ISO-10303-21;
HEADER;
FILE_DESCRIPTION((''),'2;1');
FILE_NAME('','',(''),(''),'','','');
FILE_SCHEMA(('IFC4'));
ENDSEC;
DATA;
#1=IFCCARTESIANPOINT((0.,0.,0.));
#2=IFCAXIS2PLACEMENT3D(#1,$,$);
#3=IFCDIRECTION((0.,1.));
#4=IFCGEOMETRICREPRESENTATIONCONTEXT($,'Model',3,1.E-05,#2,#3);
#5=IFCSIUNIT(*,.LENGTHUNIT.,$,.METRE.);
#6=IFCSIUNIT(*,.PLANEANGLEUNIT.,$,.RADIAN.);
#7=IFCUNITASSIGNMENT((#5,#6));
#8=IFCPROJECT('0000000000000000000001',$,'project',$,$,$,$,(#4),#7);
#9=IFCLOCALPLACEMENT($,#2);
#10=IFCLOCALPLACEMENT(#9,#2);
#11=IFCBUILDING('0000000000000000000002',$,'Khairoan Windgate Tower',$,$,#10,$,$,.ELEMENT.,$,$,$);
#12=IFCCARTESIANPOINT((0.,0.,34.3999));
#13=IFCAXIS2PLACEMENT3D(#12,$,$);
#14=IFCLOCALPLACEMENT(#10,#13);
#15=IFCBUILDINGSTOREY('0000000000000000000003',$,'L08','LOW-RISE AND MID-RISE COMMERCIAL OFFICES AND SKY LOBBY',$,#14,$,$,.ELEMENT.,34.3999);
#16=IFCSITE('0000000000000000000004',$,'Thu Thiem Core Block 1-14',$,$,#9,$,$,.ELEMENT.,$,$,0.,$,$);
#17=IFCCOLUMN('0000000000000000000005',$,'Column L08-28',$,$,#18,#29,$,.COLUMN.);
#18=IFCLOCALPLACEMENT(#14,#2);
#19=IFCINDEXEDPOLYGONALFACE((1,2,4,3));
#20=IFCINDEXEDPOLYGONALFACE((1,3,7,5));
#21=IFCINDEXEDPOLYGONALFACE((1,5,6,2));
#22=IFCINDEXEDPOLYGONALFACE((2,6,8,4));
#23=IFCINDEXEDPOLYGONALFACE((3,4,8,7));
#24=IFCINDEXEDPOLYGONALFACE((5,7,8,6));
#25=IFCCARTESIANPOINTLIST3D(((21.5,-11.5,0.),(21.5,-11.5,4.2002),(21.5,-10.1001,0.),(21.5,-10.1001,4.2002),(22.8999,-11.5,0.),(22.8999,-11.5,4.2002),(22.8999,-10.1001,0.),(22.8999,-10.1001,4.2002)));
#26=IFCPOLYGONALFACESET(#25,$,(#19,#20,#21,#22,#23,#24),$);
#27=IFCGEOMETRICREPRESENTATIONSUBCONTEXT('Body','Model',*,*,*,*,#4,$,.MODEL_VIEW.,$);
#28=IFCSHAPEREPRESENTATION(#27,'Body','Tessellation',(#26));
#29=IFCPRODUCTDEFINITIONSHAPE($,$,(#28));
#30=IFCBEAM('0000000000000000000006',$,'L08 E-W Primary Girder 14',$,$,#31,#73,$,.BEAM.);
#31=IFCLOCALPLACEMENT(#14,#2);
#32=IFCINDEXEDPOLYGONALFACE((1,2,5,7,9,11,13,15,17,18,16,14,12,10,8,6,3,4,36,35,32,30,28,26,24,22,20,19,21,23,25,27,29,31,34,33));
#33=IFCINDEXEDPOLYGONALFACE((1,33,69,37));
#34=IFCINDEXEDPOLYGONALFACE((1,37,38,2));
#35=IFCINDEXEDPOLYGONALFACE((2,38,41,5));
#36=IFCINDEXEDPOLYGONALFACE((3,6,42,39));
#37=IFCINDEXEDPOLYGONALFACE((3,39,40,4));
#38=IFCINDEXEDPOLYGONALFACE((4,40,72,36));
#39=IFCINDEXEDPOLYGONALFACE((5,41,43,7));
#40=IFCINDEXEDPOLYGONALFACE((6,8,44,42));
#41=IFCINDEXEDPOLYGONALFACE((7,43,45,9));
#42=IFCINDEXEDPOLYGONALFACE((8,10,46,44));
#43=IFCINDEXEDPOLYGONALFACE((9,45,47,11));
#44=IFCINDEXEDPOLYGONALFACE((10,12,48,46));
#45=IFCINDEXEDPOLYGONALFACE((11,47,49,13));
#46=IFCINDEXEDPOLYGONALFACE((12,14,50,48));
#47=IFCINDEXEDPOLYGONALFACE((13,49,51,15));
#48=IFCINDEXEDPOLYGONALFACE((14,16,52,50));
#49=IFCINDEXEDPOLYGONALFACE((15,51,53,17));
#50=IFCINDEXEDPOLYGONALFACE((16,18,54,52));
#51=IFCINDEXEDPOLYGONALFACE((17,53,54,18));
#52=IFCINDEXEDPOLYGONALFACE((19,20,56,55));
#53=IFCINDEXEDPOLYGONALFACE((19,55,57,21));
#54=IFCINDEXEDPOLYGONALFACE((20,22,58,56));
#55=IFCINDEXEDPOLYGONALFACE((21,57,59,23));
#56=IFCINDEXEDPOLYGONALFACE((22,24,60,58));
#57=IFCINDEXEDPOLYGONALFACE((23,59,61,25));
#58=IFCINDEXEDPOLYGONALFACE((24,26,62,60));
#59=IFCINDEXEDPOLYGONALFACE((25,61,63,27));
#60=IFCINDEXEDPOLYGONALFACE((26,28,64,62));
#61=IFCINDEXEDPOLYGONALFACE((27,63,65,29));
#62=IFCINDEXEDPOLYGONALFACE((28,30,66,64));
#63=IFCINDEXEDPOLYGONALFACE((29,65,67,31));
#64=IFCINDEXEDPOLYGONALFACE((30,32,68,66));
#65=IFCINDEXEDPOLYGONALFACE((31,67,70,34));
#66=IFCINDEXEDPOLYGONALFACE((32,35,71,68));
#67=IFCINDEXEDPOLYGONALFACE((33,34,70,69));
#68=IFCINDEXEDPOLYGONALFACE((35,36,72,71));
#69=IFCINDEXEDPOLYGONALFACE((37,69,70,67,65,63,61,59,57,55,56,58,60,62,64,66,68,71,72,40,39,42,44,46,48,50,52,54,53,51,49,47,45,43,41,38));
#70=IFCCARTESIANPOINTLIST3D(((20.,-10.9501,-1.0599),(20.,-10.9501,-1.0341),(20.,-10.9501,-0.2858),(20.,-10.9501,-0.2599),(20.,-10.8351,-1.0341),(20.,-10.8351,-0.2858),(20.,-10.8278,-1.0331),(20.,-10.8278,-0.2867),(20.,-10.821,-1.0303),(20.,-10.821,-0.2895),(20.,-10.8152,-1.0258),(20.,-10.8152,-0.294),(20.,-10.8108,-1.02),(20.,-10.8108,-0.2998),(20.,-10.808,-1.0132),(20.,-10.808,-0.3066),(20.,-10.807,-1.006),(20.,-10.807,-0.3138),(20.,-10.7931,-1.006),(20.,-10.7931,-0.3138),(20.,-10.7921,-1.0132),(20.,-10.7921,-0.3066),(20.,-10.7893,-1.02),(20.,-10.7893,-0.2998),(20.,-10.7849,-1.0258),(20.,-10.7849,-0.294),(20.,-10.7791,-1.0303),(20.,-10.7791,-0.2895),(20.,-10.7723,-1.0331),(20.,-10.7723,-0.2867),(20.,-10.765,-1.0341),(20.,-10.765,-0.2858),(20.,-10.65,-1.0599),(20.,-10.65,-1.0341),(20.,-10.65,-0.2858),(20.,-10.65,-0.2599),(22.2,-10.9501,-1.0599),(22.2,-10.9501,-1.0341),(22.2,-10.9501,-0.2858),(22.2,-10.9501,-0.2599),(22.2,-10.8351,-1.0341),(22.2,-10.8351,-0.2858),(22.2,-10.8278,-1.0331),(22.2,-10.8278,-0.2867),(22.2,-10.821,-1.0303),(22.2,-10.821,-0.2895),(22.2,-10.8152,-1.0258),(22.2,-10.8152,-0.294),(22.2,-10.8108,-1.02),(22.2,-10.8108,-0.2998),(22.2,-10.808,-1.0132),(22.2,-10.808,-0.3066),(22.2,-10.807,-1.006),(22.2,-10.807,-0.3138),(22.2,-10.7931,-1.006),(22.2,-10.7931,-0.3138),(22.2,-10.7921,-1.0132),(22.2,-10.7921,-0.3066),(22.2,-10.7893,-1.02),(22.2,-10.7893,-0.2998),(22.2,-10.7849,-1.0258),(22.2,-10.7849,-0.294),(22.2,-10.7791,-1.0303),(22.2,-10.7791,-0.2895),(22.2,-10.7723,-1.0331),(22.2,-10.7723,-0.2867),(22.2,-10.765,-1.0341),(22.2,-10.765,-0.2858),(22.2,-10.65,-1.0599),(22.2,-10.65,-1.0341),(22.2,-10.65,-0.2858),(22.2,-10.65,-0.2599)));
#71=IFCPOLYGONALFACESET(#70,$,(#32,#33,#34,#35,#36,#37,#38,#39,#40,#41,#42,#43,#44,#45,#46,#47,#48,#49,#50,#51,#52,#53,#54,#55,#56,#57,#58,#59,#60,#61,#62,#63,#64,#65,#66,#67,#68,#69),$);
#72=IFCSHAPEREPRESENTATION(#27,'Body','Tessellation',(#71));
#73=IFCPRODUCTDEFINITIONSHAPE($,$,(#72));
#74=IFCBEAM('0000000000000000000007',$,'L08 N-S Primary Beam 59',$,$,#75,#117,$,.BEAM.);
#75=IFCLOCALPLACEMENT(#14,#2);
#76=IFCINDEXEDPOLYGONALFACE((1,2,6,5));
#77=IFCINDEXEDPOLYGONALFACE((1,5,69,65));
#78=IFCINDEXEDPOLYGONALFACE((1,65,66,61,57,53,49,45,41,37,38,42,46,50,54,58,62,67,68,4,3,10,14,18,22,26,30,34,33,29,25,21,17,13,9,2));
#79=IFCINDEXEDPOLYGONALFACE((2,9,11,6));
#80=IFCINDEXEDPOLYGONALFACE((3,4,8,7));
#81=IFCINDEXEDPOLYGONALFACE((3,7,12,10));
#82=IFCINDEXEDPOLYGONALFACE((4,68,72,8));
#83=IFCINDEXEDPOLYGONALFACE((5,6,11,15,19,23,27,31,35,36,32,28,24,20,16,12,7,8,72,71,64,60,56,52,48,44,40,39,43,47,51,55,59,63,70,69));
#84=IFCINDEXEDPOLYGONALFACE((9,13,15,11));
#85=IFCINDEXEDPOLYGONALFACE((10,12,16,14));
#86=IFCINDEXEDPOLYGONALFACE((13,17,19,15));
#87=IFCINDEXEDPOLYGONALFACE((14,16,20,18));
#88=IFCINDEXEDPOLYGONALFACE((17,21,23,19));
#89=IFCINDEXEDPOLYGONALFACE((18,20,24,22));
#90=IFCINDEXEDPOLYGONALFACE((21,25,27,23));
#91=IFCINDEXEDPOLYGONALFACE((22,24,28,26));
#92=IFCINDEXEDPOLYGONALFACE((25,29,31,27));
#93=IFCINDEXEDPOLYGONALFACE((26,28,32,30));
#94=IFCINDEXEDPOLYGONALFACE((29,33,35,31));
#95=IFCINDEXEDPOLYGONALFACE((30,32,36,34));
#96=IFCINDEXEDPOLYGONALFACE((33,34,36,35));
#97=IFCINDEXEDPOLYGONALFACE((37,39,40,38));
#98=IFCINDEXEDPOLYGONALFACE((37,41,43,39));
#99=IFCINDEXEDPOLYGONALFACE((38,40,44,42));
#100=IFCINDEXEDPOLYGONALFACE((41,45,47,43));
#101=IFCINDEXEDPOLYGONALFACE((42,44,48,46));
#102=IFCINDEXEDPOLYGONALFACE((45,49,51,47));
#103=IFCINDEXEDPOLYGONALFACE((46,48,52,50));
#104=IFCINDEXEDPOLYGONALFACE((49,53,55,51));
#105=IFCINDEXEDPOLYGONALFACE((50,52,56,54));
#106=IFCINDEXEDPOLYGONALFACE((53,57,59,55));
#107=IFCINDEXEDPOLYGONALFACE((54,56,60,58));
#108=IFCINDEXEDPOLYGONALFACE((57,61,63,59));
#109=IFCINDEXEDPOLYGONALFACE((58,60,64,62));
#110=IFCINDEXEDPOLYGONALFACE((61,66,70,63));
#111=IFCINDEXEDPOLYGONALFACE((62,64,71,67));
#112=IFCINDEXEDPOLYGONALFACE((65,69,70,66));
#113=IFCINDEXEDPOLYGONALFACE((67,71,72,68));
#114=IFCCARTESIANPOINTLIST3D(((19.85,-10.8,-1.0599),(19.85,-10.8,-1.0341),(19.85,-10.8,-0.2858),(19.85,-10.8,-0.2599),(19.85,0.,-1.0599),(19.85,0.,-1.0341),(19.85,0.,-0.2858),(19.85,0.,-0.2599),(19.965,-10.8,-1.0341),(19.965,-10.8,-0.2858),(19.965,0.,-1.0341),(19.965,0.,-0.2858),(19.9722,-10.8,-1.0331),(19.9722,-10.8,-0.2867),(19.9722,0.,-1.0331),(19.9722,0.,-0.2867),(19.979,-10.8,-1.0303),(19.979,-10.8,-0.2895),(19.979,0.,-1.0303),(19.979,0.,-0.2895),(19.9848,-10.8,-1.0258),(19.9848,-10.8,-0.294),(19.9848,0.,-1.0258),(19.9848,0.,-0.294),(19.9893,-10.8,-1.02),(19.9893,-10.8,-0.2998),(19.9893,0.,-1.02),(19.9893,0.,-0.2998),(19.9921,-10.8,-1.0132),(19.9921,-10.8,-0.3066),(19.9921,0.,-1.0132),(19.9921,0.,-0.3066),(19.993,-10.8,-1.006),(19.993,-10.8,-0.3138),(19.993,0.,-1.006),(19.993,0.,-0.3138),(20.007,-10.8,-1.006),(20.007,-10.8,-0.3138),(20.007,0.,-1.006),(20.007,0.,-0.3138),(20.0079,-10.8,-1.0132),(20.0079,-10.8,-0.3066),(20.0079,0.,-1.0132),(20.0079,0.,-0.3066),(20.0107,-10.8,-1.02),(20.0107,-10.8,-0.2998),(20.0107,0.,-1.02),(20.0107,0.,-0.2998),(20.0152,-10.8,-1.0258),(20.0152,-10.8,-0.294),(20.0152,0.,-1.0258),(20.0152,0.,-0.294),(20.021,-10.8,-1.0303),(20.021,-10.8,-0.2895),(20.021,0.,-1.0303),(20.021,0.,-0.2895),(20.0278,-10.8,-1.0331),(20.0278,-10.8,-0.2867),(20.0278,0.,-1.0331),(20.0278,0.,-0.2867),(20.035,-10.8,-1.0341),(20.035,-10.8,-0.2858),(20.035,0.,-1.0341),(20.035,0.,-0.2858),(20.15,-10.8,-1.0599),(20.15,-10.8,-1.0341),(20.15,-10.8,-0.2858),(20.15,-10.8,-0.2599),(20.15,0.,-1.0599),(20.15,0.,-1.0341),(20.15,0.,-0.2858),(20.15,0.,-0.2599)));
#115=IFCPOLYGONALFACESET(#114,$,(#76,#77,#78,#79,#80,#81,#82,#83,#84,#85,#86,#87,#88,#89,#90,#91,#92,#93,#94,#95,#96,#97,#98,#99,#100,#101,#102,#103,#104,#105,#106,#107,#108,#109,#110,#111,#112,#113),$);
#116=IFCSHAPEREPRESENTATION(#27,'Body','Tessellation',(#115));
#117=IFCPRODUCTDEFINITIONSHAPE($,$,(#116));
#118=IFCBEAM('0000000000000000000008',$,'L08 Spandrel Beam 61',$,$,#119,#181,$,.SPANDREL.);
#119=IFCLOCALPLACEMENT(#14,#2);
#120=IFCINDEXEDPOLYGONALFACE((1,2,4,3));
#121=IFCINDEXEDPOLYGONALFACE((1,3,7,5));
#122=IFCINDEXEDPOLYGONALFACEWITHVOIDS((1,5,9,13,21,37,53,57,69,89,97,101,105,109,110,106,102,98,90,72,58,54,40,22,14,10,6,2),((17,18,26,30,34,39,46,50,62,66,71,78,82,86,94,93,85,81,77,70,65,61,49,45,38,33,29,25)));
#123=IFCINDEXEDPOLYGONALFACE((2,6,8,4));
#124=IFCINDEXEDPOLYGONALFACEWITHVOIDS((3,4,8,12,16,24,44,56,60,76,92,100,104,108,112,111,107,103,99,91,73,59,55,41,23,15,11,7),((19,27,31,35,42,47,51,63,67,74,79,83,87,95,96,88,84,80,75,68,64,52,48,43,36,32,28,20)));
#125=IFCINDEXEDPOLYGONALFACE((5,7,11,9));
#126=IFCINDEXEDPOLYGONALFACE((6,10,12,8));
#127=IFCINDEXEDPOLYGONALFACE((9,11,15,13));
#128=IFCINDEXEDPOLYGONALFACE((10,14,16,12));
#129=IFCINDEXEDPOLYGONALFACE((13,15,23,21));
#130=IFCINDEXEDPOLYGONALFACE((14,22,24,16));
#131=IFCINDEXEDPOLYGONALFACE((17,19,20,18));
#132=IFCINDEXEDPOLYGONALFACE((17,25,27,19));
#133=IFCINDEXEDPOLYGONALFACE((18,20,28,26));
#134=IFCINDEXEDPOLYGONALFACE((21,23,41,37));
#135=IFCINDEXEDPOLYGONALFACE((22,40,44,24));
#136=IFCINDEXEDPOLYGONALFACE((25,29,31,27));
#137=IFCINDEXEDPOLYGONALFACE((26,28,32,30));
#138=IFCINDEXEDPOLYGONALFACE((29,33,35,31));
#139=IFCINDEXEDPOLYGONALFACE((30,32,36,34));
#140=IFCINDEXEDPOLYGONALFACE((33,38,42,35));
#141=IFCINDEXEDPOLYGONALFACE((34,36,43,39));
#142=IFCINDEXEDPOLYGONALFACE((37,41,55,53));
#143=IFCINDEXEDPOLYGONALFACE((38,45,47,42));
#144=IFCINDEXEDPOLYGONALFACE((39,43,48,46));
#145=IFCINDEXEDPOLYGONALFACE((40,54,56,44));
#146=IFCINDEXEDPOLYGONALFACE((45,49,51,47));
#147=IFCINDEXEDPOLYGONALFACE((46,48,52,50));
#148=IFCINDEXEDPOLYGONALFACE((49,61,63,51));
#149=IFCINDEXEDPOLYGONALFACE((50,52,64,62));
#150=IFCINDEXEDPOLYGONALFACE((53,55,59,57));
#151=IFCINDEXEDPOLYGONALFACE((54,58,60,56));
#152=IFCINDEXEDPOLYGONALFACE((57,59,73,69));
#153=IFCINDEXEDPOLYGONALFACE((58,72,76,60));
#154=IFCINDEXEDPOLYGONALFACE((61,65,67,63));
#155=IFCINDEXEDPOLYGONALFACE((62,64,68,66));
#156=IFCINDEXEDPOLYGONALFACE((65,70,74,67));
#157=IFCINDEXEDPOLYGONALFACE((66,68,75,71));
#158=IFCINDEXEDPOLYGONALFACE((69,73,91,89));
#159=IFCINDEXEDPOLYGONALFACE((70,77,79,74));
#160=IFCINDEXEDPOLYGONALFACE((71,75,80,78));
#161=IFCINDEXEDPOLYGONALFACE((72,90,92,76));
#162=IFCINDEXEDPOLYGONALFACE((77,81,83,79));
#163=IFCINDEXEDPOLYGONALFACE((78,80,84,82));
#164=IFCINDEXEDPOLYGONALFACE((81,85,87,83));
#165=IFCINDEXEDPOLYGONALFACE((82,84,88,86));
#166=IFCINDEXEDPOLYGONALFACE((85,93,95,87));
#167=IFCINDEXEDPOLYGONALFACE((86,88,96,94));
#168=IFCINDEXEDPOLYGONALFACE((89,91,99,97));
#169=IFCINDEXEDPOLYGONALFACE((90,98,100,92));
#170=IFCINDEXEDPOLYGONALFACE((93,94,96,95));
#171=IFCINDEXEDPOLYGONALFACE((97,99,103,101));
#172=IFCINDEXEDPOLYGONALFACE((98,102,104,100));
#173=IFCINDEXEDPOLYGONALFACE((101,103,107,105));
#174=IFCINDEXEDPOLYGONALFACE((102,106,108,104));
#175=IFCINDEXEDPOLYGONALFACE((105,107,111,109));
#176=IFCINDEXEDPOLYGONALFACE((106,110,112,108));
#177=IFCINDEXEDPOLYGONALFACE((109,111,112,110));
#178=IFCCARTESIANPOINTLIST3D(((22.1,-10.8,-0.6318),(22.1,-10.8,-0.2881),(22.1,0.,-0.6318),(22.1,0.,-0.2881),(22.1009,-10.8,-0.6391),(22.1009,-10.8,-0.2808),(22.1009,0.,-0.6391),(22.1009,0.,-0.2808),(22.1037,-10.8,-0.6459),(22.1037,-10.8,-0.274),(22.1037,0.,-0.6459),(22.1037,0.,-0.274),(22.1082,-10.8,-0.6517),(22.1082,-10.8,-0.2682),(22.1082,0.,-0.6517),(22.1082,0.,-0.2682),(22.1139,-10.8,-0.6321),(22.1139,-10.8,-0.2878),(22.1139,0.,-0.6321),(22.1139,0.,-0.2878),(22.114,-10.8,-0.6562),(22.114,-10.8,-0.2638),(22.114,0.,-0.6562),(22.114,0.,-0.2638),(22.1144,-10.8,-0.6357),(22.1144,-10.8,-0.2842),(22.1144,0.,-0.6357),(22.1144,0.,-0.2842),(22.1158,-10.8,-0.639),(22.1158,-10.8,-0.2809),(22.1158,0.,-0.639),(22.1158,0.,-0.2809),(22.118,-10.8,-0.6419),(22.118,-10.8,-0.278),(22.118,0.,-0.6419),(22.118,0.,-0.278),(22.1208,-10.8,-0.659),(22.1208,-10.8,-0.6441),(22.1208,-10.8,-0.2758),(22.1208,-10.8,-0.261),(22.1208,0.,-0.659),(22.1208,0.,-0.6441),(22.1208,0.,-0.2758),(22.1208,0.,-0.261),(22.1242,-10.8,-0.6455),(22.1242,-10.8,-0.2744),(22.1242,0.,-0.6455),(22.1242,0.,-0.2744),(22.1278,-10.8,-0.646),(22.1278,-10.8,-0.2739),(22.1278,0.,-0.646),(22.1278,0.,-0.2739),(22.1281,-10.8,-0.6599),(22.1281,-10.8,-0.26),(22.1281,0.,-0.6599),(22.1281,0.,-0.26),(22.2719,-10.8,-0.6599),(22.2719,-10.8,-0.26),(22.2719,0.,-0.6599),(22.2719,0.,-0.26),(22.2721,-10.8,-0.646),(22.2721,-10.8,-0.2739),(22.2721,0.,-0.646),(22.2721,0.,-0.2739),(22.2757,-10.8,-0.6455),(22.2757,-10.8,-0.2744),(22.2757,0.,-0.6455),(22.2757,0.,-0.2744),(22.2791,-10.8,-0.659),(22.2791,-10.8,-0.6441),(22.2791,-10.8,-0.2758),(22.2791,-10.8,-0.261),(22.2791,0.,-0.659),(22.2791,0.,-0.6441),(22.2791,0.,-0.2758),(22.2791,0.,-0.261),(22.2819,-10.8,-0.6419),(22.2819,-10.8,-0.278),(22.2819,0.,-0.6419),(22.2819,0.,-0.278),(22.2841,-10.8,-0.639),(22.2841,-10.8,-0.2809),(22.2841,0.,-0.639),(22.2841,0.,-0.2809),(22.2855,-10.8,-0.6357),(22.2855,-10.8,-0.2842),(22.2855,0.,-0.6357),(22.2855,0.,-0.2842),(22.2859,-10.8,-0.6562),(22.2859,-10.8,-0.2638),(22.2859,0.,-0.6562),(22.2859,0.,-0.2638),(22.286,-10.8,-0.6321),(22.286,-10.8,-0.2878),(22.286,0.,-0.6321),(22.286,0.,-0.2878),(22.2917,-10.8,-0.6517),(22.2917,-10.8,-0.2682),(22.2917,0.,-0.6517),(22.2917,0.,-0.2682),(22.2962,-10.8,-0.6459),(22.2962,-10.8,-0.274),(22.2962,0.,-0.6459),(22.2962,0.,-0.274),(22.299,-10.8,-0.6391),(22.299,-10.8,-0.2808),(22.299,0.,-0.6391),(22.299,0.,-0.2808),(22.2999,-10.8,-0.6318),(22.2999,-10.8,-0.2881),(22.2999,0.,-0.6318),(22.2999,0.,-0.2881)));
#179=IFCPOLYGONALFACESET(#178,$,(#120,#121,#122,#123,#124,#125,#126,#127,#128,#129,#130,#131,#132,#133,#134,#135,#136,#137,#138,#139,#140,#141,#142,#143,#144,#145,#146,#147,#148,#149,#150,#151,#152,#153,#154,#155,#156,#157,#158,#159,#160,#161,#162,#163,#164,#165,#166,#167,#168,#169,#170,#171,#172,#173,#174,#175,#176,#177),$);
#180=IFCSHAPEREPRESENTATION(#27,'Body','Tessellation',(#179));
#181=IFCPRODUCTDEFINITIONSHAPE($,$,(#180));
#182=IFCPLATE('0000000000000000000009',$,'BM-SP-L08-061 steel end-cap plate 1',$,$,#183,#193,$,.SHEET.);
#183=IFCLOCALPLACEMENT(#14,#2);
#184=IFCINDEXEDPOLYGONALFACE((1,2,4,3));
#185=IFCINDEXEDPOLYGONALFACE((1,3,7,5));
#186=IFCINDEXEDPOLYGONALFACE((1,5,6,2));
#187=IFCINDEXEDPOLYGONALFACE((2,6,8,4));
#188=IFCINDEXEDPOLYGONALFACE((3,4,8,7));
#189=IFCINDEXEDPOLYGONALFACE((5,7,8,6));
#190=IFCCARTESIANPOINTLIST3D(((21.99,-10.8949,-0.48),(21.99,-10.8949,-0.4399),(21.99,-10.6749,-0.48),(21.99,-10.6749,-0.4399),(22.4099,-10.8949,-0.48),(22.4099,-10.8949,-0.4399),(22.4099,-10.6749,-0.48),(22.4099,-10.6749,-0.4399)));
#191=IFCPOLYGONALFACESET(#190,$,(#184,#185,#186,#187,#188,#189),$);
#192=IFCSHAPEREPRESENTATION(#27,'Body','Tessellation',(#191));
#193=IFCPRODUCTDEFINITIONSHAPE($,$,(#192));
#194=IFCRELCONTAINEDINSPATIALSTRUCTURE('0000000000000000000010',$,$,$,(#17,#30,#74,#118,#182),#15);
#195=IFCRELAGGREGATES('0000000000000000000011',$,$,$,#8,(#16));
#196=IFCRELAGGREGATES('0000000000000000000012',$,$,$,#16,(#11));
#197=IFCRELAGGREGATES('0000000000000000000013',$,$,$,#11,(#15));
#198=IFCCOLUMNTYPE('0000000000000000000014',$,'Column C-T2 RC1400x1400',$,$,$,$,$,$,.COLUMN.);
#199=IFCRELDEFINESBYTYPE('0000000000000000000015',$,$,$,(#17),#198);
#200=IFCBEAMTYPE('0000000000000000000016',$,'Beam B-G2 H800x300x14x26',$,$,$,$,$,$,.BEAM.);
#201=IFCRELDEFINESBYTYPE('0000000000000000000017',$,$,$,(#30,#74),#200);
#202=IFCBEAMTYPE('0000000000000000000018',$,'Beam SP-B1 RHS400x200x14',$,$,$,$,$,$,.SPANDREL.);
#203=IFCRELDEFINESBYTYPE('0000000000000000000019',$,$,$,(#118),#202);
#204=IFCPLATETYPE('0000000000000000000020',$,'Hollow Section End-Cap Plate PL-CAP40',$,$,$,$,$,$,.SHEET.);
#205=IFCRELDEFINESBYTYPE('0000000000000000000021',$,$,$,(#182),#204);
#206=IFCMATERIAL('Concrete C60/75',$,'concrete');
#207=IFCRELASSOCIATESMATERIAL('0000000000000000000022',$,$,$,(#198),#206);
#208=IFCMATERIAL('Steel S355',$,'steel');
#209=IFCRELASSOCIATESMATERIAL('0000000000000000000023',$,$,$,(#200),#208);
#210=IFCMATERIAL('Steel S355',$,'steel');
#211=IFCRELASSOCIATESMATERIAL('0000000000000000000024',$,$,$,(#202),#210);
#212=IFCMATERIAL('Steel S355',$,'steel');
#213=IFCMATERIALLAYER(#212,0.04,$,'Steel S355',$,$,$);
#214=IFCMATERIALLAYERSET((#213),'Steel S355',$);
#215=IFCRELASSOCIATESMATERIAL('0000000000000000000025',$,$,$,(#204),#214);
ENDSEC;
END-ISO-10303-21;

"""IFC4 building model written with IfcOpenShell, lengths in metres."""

from ifc_helpers import new_model, si_unit, direction, frame, origin, origin_2d, place, context, subcontext, project, spatial, rectangle, hollow_rectangle, i_section, extrude, material, layer, layer_set, material_profile, profile_set, type_object, element, save


model = new_model("IFC4")

# Units and contexts
model_context = context("Model", 3, precision=1e-05, world=origin(), true_north=direction((0.0, 1.0)))
body_context = subcontext(model_context, "Body", "Model", "MODEL_VIEW")
ifc_project = project(units=[si_unit("LENGTHUNIT", "METRE"), si_unit("PLANEANGLEUNIT", "RADIAN")], contexts=[model_context])

# Site, building, storey
site_placement = place(None, origin())
site = spatial("IfcSite", under=ifc_project, at=site_placement, Name="Thu Thiem Core Block 1-14", CompositionType="ELEMENT", RefElevation=0.0)
building_placement = place(site_placement, origin())
building = spatial("IfcBuilding", under=site, at=building_placement, Name="Khairoan Windgate Tower", CompositionType="ELEMENT")
storey_placement = place(building_placement, frame((0.0, 0.0, 34.3999)))
storey = spatial("IfcBuildingStorey", under=building, at=storey_placement, Name="L08", Description="LOW-RISE AND MID-RISE COMMERCIAL OFFICES AND SKY LOBBY", CompositionType="ELEMENT", Elevation=34.3999)

# Column
ifc_material_1 = material(Name="Concrete C60/75", Category="concrete")
ifc_material_profile_1 = material_profile(ifc_material_1, rectangle(XDim=1.3999, YDim=1.3999, at=origin_2d()))
ifc_profile_set_1 = profile_set([ifc_material_profile_1], Name="Concrete C60/75")
column_type = type_object("IfcColumnType", Name="Column C-T2 RC1400x1400", PredefinedType="COLUMN", material=ifc_profile_set_1)
column_placement = place(storey_placement, frame((22.2, -10.8, 0.0), z_axis=(0.0, 0.0, 1.0), x_axis=(1.0, 0.0, 0.0)))
element("IfcColumn", 1, at=column_placement, inside=storey, type_object=column_type, Name="Column L08-28", PredefinedType="COLUMN", context=body_context, shape_type="SweptSolid", body=[
    extrude(rectangle(XDim=1.3999, YDim=1.3999, at=origin_2d()), origin(), (0.0, 0.0, 1.0), 4.2002),
])

# Beams
ifc_material_2 = material(Name="Steel S355", Category="steel")
ifc_material_profile_2 = material_profile(ifc_material_2, i_section(OverallWidth=0.3, OverallDepth=0.8, WebThickness=0.0139, FlangeThickness=0.0259, FilletRadius=0.0281, at=origin_2d()))
ifc_profile_set_2 = profile_set([ifc_material_profile_2], Name="Steel S355")
beam_type_1 = type_object("IfcBeamType", Name="Beam B-G2 H800x300x14x26", PredefinedType="BEAM", material=ifc_profile_set_2)
beam_1_placement = place(storey_placement, frame((20.0, -10.8, -0.6599), z_axis=(1.0, 0.0, 0.0), x_axis=(0.0, 1.0, 0.0)))
element("IfcBeam", 2, at=beam_1_placement, inside=storey, type_object=beam_type_1, Name="L08 E-W Primary Girder 14", PredefinedType="BEAM", context=body_context, shape_type="SweptSolid", body=[
    extrude(i_section(OverallWidth=0.3, OverallDepth=0.8, WebThickness=0.0139, FlangeThickness=0.0259, FilletRadius=0.0281, at=origin_2d()), origin(), (0.0, 0.0, 1.0), 2.2),
])
beam_2_placement = place(storey_placement, frame((20.0, -10.8, -0.6599), z_axis=(0.0, 1.0, 0.0), x_axis=(-1.0, 0.0, 0.0)))
element("IfcBeam", 3, at=beam_2_placement, inside=storey, type_object=beam_type_1, Name="L08 N-S Primary Beam 59", PredefinedType="BEAM", context=body_context, shape_type="SweptSolid", body=[
    extrude(i_section(OverallWidth=0.3, OverallDepth=0.8, WebThickness=0.0139, FlangeThickness=0.0259, FilletRadius=0.0281, at=origin_2d()), origin(), (0.0, 0.0, 1.0), 10.8),
])
ifc_material_3 = material(Name="Steel S355", Category="steel")
ifc_material_profile_3 = material_profile(ifc_material_3, hollow_rectangle(XDim=0.2, YDim=0.3999, WallThickness=0.0139, InnerFilletRadius=0.0139, OuterFilletRadius=0.0281, at=origin_2d()))
ifc_profile_set_3 = profile_set([ifc_material_profile_3], Name="Steel S355")
beam_type_2 = type_object("IfcBeamType", Name="Beam SP-B1 RHS400x200x14", PredefinedType="SPANDREL", material=ifc_profile_set_3)
beam_3_placement = place(storey_placement, frame((22.2, -10.8, -0.46), z_axis=(0.0, 1.0, 0.0), x_axis=(-1.0, 0.0, 0.0)))
element("IfcBeam", 4, at=beam_3_placement, inside=storey, type_object=beam_type_2, Name="L08 Spandrel Beam 61", PredefinedType="SPANDREL", context=body_context, shape_type="SweptSolid", body=[
    extrude(hollow_rectangle(XDim=0.2, YDim=0.3999, WallThickness=0.0139, InnerFilletRadius=0.0139, OuterFilletRadius=0.0281, at=origin_2d()), origin(), (0.0, 0.0, 1.0), 10.8),
])

# Plate
ifc_material_4 = material(Name="Steel S355", Category="steel")
ifc_layer_1 = layer(ifc_material_4, 0.04, Name="Steel S355")
ifc_layer_set_1 = layer_set([ifc_layer_1], Name="Steel S355")
plate_type = type_object("IfcPlateType", Name="Hollow Section End-Cap Plate PL-CAP40", PredefinedType="SHEET", material=ifc_layer_set_1)
for number, where, z_axis, x_axis, name in (
    (5, (22.2, -10.7849, -0.48), (0.0, 0.0, 1.0), (0.0, 1.0, 0.0), "BM-SP-L08-061 steel end-cap plate 1"),
):
    element("IfcPlate", number, at=place(storey_placement, frame(where, z_axis=z_axis, x_axis=x_axis)), inside=storey, type_object=plate_type, Name=name, PredefinedType="SHEET", context=body_context, shape_type="SweptSolid", body=[
        extrude(rectangle(XDim=0.22, YDim=0.4199, at=origin_2d()), origin(), (0.0, 0.0, 1.0), 0.04),
    ])

save(model, "model.ifc")
